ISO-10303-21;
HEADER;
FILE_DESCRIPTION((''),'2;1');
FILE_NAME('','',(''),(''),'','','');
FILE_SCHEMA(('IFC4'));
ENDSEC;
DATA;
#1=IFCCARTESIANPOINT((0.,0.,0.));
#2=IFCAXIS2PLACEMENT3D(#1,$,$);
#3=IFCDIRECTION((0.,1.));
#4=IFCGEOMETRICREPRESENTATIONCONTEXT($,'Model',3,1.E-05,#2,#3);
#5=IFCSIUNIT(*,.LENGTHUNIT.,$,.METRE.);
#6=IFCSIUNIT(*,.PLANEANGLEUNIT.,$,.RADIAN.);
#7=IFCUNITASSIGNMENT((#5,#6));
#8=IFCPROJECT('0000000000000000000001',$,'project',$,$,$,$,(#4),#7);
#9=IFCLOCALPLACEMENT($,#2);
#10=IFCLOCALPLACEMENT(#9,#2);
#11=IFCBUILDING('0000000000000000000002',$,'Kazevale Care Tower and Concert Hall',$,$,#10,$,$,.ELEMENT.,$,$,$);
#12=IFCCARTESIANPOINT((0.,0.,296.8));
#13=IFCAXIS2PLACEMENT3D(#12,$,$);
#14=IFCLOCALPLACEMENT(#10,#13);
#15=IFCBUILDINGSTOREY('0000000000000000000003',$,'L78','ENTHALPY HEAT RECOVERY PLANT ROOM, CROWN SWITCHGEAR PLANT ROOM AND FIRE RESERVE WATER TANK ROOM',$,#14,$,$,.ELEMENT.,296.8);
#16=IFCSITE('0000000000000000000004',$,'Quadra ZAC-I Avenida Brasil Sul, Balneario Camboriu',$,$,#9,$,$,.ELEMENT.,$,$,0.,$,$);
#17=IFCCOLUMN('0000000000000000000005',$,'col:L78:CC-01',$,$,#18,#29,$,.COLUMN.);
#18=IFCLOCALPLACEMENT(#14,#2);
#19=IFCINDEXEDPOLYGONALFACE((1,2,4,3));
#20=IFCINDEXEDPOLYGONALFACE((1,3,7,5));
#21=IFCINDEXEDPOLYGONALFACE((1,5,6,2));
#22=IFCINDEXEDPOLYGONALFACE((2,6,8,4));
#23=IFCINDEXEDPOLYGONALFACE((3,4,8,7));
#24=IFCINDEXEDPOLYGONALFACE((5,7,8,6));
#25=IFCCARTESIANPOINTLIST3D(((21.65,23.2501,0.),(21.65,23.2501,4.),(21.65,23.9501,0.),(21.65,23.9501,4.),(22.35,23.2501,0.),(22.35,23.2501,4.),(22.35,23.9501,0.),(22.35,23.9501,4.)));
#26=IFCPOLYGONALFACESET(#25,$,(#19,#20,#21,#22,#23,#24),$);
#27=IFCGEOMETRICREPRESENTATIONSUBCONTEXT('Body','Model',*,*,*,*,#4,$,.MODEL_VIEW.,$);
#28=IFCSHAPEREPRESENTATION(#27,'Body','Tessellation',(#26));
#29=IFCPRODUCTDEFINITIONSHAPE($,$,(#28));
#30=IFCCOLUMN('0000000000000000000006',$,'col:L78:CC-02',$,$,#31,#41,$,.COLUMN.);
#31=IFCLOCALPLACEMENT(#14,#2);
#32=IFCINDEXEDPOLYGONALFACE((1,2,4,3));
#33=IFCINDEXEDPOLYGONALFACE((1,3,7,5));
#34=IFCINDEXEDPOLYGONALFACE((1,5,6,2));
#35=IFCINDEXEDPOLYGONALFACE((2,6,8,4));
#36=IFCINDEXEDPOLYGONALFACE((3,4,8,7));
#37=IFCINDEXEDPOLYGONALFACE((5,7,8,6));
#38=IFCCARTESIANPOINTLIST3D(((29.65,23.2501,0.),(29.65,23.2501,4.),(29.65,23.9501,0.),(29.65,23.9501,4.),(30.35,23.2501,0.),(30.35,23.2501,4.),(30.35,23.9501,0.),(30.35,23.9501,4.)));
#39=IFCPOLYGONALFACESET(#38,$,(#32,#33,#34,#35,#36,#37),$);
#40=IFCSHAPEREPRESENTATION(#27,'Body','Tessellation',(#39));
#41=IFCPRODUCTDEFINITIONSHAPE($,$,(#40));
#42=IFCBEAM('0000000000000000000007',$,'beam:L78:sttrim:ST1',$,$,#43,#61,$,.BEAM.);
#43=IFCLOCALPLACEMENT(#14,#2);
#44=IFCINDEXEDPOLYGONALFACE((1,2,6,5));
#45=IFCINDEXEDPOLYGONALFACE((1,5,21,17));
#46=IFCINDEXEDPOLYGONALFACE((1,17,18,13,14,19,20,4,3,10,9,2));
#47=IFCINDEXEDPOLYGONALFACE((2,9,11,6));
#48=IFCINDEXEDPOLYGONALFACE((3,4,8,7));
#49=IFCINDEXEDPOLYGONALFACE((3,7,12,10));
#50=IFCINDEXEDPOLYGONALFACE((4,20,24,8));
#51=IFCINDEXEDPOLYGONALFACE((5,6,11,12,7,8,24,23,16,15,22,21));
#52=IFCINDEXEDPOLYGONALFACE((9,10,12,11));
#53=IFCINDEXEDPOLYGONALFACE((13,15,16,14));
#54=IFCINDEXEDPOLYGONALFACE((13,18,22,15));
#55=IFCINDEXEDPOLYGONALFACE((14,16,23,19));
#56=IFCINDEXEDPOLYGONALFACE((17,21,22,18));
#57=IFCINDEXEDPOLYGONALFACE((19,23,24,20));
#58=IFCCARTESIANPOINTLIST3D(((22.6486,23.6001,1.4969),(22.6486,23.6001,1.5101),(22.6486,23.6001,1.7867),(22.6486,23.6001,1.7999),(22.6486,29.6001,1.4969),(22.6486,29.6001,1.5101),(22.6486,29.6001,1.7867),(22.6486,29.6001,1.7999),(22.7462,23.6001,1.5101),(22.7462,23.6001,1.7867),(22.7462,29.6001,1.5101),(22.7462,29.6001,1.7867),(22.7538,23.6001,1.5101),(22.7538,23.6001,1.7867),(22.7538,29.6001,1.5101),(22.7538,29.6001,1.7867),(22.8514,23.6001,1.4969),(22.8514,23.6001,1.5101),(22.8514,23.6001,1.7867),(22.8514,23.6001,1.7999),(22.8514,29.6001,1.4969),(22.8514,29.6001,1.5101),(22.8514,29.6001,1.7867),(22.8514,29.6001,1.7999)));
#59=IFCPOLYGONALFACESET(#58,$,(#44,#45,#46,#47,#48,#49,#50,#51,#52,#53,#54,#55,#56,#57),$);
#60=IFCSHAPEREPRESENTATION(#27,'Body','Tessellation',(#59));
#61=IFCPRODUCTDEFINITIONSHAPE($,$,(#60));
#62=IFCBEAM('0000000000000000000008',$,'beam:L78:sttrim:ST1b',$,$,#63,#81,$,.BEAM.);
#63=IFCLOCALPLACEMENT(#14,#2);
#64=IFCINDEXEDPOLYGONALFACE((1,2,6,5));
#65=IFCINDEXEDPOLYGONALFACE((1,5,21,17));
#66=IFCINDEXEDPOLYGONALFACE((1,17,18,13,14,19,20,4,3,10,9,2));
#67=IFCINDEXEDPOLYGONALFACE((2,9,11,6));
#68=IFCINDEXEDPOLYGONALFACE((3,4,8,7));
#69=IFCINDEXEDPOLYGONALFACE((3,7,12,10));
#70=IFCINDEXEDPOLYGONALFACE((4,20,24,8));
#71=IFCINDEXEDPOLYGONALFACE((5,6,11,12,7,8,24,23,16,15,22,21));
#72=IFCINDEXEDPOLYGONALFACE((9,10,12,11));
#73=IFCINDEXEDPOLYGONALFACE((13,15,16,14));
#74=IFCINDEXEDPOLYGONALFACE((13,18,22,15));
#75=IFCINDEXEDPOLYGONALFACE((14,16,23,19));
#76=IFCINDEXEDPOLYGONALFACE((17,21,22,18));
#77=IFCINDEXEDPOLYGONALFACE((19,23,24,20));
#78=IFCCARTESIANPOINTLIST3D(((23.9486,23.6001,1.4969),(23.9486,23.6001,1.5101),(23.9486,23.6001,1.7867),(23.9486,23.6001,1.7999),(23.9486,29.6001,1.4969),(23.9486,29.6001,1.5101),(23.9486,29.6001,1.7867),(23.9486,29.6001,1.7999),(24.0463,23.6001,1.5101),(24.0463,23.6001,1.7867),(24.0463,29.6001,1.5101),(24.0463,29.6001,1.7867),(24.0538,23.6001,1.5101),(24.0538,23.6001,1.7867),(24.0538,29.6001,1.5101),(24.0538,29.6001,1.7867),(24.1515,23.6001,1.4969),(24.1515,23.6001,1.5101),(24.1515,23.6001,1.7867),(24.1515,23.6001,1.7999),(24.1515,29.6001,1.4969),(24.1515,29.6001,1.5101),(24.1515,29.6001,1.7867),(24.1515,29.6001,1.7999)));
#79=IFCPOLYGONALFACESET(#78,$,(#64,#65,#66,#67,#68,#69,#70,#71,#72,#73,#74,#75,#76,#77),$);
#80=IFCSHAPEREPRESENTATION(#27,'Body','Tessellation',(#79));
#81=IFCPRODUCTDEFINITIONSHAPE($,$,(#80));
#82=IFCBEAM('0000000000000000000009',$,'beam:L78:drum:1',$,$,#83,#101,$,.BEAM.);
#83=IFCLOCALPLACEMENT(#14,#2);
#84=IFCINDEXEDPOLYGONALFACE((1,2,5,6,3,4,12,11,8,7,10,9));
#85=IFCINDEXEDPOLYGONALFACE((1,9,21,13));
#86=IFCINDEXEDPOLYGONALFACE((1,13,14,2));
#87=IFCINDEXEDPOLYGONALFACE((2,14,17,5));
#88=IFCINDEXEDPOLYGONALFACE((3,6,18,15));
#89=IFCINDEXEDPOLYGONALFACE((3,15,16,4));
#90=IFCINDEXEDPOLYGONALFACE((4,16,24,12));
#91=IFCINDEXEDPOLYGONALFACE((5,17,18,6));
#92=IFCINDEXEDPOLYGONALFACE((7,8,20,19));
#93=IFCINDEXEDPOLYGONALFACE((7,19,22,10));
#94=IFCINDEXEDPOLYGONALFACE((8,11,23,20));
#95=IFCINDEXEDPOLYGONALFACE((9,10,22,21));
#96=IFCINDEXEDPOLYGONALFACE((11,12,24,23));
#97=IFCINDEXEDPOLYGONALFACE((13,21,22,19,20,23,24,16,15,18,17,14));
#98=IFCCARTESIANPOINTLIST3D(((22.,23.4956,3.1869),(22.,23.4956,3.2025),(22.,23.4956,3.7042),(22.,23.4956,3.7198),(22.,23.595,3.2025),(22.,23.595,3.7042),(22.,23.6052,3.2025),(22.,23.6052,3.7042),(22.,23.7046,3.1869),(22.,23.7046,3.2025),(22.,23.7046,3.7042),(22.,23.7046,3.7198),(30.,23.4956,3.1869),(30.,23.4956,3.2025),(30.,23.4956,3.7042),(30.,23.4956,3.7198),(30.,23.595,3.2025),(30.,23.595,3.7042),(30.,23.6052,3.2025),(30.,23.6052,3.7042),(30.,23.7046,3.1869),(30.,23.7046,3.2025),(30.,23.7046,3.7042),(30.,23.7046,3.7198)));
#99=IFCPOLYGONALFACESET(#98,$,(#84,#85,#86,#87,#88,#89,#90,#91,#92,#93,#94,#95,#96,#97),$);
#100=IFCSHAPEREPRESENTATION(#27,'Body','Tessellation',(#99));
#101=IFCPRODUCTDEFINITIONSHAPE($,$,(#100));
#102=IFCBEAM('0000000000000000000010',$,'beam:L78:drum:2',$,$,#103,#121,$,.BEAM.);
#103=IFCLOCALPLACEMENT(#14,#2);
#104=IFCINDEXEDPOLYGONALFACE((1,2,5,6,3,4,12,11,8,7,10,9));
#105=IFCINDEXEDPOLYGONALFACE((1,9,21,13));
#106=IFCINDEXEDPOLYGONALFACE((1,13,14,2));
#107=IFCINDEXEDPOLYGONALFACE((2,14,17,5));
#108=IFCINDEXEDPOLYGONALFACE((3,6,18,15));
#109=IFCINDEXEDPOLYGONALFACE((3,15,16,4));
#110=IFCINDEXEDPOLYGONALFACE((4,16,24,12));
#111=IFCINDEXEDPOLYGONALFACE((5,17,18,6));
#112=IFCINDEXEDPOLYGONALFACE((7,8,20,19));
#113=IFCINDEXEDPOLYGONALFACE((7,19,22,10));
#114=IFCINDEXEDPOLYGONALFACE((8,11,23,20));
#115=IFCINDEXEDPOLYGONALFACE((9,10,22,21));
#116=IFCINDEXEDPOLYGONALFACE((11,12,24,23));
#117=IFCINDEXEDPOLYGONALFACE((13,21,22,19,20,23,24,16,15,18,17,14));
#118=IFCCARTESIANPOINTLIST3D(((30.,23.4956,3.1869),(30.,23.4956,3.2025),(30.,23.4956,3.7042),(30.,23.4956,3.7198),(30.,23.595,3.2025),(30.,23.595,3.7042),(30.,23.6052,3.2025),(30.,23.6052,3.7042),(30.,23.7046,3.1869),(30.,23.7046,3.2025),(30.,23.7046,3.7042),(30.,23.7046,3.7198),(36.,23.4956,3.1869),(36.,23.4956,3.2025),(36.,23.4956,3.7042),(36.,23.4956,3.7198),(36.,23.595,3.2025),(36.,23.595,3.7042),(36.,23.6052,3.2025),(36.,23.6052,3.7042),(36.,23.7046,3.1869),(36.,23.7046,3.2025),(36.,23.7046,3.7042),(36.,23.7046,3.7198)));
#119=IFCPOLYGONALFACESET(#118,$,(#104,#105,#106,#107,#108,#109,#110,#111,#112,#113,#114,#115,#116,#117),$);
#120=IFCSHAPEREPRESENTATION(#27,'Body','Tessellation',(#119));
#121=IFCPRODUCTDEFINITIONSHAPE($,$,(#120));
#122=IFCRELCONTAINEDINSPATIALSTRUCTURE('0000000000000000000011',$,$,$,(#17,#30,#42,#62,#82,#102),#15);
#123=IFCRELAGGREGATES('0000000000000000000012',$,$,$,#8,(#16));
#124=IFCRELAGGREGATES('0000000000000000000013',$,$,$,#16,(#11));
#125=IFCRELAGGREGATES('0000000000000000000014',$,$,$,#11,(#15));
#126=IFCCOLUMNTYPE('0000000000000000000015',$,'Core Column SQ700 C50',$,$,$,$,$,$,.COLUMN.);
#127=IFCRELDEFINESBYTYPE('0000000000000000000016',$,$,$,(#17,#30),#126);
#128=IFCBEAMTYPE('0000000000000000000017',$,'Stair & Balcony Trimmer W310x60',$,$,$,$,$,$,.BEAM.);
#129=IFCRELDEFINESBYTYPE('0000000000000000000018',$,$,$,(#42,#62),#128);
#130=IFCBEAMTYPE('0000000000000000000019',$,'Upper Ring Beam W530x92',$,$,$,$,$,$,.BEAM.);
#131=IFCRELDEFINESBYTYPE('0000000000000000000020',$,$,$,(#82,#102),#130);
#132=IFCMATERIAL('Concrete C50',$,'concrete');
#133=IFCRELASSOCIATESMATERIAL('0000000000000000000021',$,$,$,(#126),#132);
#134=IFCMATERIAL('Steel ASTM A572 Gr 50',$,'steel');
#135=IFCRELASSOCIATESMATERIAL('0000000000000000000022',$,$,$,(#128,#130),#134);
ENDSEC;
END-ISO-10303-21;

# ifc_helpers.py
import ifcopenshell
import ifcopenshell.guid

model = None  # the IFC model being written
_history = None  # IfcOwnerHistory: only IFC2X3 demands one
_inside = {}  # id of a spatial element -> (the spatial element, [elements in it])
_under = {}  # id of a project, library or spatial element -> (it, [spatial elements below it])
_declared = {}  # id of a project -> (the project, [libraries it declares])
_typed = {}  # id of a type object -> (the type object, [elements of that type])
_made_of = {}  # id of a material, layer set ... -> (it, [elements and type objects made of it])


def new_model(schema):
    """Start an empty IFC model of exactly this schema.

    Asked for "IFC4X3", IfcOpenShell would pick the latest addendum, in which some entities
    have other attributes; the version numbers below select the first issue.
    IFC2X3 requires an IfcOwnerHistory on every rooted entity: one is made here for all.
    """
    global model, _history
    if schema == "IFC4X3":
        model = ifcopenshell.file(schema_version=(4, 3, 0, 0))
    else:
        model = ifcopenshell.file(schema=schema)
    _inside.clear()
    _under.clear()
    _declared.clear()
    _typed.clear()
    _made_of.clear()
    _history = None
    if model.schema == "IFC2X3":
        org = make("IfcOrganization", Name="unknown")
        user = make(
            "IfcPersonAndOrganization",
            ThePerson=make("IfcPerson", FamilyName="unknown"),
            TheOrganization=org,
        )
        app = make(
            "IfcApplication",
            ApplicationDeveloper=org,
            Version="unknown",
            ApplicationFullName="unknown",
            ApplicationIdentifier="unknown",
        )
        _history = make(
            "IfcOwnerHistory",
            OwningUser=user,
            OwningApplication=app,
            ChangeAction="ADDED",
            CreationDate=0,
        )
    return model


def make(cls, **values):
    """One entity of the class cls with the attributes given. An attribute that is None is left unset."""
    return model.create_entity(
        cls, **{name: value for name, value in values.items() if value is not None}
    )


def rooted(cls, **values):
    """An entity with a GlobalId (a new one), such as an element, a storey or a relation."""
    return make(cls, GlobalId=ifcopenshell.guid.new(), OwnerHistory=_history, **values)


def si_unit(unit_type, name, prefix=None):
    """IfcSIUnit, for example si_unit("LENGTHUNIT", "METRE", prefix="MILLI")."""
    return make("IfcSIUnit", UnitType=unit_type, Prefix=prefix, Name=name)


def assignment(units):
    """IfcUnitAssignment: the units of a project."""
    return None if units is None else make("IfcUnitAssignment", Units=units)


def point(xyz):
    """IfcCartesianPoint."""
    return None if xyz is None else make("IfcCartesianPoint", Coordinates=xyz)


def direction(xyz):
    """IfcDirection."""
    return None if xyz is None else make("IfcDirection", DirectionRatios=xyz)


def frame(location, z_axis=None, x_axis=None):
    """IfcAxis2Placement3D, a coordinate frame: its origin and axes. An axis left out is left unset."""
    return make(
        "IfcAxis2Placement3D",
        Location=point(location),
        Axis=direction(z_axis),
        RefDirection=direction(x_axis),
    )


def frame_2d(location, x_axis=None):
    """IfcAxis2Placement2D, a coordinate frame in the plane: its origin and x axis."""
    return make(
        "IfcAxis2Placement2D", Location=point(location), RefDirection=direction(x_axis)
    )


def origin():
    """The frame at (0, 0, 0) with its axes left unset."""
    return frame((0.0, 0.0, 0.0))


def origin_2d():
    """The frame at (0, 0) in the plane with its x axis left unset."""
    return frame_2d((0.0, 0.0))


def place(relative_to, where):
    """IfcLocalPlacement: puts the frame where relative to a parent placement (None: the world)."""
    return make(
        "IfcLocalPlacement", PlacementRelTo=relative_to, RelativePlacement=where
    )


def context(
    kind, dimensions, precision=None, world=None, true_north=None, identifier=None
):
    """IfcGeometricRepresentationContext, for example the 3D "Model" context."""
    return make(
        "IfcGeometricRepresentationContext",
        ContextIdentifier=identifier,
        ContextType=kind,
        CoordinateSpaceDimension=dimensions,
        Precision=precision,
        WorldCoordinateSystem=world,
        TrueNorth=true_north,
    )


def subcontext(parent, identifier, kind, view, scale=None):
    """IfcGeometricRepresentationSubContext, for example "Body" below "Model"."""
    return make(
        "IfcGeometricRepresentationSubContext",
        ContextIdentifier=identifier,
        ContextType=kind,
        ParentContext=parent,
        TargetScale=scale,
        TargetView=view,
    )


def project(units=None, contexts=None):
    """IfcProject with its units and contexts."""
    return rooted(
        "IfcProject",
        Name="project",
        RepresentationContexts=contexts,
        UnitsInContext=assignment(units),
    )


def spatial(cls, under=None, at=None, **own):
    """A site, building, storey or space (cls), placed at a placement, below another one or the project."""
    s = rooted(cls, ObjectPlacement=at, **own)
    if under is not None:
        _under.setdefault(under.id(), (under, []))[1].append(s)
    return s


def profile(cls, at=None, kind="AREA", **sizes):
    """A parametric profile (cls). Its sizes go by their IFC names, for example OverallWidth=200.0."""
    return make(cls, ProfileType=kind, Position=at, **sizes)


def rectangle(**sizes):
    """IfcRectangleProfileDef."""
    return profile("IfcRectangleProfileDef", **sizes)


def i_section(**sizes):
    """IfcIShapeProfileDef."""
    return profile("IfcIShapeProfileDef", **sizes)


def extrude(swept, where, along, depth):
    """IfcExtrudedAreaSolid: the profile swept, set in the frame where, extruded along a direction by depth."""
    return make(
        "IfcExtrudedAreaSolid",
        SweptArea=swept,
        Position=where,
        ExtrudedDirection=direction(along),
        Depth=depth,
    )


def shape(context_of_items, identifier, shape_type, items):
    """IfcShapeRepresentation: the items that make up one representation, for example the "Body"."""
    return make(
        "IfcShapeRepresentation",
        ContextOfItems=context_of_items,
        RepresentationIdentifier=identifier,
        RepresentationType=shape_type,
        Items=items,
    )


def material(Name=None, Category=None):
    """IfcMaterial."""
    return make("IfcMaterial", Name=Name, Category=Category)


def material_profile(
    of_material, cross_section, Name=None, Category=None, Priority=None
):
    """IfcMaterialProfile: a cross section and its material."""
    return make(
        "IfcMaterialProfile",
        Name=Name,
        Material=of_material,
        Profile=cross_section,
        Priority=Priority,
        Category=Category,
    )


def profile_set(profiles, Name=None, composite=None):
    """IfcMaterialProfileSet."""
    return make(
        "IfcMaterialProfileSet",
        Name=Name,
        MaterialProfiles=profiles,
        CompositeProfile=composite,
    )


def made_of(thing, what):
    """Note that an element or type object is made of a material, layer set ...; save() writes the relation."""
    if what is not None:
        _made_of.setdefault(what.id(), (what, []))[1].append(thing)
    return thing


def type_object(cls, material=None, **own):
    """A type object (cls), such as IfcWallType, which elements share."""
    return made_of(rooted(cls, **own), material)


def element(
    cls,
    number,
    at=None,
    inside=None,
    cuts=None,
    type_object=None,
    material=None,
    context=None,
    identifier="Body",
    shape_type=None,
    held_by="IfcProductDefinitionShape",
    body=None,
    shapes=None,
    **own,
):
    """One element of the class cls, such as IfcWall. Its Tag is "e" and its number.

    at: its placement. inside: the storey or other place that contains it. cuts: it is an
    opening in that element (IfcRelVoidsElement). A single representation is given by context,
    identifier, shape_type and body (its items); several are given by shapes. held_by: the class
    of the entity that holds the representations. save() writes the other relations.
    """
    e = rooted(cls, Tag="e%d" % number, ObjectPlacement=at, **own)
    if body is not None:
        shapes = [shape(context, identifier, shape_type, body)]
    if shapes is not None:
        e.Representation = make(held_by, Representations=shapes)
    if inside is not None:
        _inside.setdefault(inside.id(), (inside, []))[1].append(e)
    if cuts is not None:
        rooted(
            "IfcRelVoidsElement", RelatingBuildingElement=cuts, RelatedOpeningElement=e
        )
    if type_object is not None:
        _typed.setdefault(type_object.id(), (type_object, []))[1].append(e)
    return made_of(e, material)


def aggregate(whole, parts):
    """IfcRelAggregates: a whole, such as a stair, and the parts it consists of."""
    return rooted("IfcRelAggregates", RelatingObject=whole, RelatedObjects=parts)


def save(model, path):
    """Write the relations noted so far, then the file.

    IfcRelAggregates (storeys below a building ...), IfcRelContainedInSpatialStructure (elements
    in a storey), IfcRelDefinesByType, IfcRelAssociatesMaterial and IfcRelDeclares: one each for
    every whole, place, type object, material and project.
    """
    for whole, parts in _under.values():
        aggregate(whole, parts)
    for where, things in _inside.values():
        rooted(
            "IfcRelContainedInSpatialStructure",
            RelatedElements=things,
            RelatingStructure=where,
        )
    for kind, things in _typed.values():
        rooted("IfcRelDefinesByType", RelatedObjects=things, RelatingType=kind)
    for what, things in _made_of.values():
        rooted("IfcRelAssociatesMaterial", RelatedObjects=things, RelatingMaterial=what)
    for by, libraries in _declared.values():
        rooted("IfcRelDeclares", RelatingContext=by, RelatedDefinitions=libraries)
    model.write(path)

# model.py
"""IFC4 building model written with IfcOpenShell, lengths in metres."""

from ifc_helpers import new_model, si_unit, direction, frame, origin, origin_2d, place, context, subcontext, project, spatial, rectangle, i_section, extrude, material, material_profile, profile_set, type_object, element, save


model = new_model("IFC4")

# Units and contexts
model_context = context("Model", 3, precision=1e-05, world=origin(), true_north=direction((0.0, 1.0)))
body_context = subcontext(model_context, "Body", "Model", "MODEL_VIEW")
ifc_project = project(units=[si_unit("LENGTHUNIT", "METRE"), si_unit("PLANEANGLEUNIT", "RADIAN")], contexts=[model_context])

# Site, building, storey
site_placement = place(None, origin())
site = spatial("IfcSite", under=ifc_project, at=site_placement, Name="Quadra ZAC-I Avenida Brasil Sul, Balneario Camboriu", CompositionType="ELEMENT", RefElevation=0.0)
building_placement = place(site_placement, origin())
building = spatial("IfcBuilding", under=site, at=building_placement, Name="Kazevale Care Tower and Concert Hall", CompositionType="ELEMENT")
storey_placement = place(building_placement, frame((0.0, 0.0, 296.8)))
storey = spatial("IfcBuildingStorey", under=building, at=storey_placement, Name="L78", Description="ENTHALPY HEAT RECOVERY PLANT ROOM, CROWN SWITCHGEAR PLANT ROOM AND FIRE RESERVE WATER TANK ROOM", CompositionType="ELEMENT", Elevation=296.8)

# Columns
ifc_material_1 = material(Name="Concrete C50", Category="concrete")
ifc_material_profile_1 = material_profile(ifc_material_1, rectangle(XDim=0.7, YDim=0.7, at=origin_2d()), Name="RC-SQ700")
ifc_profile_set_1 = profile_set([ifc_material_profile_1], Name="Concrete C50")
column_type = type_object("IfcColumnType", Name="Core Column SQ700 C50", PredefinedType="COLUMN", material=ifc_profile_set_1)
for number, where, z_axis, x_axis, name in (
    (1, (22.0, 23.6001, 0.0), (0.0, 0.0, 1.0), (1.0, 0.0, 0.0), "col:L78:CC-01"),
    (2, (30.0, 23.6001, 0.0), (0.0, 0.0, 1.0), (1.0, 0.0, 0.0), "col:L78:CC-02"),
):
    element("IfcColumn", number, at=place(storey_placement, frame(where, z_axis=z_axis, x_axis=x_axis)), inside=storey, type_object=column_type, Name=name, PredefinedType="COLUMN", context=body_context, shape_type="SweptSolid", body=[
        extrude(rectangle(XDim=0.7, YDim=0.7, at=origin_2d()), origin(), (0.0, 0.0, 1.0), 4.0),
    ])

# Beams
ifc_material_2 = material(Name="Steel ASTM A572 Gr 50", Category="steel")
ifc_material_profile_2 = material_profile(ifc_material_2, i_section(OverallWidth=0.2029, OverallDepth=0.303, WebThickness=0.0076, FlangeThickness=0.0132, at=origin_2d()), Name="W310x60")
ifc_profile_set_2 = profile_set([ifc_material_profile_2], Name="Steel ASTM A572 Gr 50")
beam_type_1 = type_object("IfcBeamType", Name="Stair & Balcony Trimmer W310x60", PredefinedType="BEAM", material=ifc_profile_set_2)
for number, where, z_axis, x_axis, name in (
    (3, (22.75, 23.6001, 1.6484), (0.0, 1.0, 0.0), (-1.0, 0.0, 0.0), "beam:L78:sttrim:ST1"),
    (4, (24.05, 23.6001, 1.6484), (0.0, 1.0, 0.0), (-1.0, 0.0, 0.0), "beam:L78:sttrim:ST1b"),
):
    element("IfcBeam", number, at=place(storey_placement, frame(where, z_axis=z_axis, x_axis=x_axis)), inside=storey, type_object=beam_type_1, Name=name, PredefinedType="BEAM", context=body_context, shape_type="SweptSolid", body=[
        extrude(i_section(OverallWidth=0.2029, OverallDepth=0.303, WebThickness=0.0076, FlangeThickness=0.0132, at=origin_2d()), origin(), (0.0, 0.0, 1.0), 6.0),
    ])
ifc_material_profile_3 = material_profile(ifc_material_2, i_section(OverallWidth=0.209, OverallDepth=0.533, WebThickness=0.0103, FlangeThickness=0.0156, at=origin_2d()), Name="W530x92")
ifc_profile_set_3 = profile_set([ifc_material_profile_3], Name="Steel ASTM A572 Gr 50")
beam_type_2 = type_object("IfcBeamType", Name="Upper Ring Beam W530x92", PredefinedType="BEAM", material=ifc_profile_set_3)
beam_1_placement = place(storey_placement, frame((22.0, 23.6001, 3.4534), z_axis=(1.0, 0.0, 0.0), x_axis=(0.0, 1.0, 0.0)))
element("IfcBeam", 5, at=beam_1_placement, inside=storey, type_object=beam_type_2, Name="beam:L78:drum:1", PredefinedType="BEAM", context=body_context, shape_type="SweptSolid", body=[
    extrude(i_section(OverallWidth=0.209, OverallDepth=0.533, WebThickness=0.0103, FlangeThickness=0.0156, at=origin_2d()), origin(), (0.0, 0.0, 1.0), 8.0),
])
beam_2_placement = place(storey_placement, frame((30.0, 23.6001, 3.4534), z_axis=(1.0, 0.0, 0.0), x_axis=(0.0, 1.0, 0.0)))
element("IfcBeam", 6, at=beam_2_placement, inside=storey, type_object=beam_type_2, Name="beam:L78:drum:2", PredefinedType="BEAM", context=body_context, shape_type="SweptSolid", body=[
    extrude(i_section(OverallWidth=0.209, OverallDepth=0.533, WebThickness=0.0103, FlangeThickness=0.0156, at=origin_2d()), origin(), (0.0, 0.0, 1.0), 6.0),
])

save(model, "model.ifc")
